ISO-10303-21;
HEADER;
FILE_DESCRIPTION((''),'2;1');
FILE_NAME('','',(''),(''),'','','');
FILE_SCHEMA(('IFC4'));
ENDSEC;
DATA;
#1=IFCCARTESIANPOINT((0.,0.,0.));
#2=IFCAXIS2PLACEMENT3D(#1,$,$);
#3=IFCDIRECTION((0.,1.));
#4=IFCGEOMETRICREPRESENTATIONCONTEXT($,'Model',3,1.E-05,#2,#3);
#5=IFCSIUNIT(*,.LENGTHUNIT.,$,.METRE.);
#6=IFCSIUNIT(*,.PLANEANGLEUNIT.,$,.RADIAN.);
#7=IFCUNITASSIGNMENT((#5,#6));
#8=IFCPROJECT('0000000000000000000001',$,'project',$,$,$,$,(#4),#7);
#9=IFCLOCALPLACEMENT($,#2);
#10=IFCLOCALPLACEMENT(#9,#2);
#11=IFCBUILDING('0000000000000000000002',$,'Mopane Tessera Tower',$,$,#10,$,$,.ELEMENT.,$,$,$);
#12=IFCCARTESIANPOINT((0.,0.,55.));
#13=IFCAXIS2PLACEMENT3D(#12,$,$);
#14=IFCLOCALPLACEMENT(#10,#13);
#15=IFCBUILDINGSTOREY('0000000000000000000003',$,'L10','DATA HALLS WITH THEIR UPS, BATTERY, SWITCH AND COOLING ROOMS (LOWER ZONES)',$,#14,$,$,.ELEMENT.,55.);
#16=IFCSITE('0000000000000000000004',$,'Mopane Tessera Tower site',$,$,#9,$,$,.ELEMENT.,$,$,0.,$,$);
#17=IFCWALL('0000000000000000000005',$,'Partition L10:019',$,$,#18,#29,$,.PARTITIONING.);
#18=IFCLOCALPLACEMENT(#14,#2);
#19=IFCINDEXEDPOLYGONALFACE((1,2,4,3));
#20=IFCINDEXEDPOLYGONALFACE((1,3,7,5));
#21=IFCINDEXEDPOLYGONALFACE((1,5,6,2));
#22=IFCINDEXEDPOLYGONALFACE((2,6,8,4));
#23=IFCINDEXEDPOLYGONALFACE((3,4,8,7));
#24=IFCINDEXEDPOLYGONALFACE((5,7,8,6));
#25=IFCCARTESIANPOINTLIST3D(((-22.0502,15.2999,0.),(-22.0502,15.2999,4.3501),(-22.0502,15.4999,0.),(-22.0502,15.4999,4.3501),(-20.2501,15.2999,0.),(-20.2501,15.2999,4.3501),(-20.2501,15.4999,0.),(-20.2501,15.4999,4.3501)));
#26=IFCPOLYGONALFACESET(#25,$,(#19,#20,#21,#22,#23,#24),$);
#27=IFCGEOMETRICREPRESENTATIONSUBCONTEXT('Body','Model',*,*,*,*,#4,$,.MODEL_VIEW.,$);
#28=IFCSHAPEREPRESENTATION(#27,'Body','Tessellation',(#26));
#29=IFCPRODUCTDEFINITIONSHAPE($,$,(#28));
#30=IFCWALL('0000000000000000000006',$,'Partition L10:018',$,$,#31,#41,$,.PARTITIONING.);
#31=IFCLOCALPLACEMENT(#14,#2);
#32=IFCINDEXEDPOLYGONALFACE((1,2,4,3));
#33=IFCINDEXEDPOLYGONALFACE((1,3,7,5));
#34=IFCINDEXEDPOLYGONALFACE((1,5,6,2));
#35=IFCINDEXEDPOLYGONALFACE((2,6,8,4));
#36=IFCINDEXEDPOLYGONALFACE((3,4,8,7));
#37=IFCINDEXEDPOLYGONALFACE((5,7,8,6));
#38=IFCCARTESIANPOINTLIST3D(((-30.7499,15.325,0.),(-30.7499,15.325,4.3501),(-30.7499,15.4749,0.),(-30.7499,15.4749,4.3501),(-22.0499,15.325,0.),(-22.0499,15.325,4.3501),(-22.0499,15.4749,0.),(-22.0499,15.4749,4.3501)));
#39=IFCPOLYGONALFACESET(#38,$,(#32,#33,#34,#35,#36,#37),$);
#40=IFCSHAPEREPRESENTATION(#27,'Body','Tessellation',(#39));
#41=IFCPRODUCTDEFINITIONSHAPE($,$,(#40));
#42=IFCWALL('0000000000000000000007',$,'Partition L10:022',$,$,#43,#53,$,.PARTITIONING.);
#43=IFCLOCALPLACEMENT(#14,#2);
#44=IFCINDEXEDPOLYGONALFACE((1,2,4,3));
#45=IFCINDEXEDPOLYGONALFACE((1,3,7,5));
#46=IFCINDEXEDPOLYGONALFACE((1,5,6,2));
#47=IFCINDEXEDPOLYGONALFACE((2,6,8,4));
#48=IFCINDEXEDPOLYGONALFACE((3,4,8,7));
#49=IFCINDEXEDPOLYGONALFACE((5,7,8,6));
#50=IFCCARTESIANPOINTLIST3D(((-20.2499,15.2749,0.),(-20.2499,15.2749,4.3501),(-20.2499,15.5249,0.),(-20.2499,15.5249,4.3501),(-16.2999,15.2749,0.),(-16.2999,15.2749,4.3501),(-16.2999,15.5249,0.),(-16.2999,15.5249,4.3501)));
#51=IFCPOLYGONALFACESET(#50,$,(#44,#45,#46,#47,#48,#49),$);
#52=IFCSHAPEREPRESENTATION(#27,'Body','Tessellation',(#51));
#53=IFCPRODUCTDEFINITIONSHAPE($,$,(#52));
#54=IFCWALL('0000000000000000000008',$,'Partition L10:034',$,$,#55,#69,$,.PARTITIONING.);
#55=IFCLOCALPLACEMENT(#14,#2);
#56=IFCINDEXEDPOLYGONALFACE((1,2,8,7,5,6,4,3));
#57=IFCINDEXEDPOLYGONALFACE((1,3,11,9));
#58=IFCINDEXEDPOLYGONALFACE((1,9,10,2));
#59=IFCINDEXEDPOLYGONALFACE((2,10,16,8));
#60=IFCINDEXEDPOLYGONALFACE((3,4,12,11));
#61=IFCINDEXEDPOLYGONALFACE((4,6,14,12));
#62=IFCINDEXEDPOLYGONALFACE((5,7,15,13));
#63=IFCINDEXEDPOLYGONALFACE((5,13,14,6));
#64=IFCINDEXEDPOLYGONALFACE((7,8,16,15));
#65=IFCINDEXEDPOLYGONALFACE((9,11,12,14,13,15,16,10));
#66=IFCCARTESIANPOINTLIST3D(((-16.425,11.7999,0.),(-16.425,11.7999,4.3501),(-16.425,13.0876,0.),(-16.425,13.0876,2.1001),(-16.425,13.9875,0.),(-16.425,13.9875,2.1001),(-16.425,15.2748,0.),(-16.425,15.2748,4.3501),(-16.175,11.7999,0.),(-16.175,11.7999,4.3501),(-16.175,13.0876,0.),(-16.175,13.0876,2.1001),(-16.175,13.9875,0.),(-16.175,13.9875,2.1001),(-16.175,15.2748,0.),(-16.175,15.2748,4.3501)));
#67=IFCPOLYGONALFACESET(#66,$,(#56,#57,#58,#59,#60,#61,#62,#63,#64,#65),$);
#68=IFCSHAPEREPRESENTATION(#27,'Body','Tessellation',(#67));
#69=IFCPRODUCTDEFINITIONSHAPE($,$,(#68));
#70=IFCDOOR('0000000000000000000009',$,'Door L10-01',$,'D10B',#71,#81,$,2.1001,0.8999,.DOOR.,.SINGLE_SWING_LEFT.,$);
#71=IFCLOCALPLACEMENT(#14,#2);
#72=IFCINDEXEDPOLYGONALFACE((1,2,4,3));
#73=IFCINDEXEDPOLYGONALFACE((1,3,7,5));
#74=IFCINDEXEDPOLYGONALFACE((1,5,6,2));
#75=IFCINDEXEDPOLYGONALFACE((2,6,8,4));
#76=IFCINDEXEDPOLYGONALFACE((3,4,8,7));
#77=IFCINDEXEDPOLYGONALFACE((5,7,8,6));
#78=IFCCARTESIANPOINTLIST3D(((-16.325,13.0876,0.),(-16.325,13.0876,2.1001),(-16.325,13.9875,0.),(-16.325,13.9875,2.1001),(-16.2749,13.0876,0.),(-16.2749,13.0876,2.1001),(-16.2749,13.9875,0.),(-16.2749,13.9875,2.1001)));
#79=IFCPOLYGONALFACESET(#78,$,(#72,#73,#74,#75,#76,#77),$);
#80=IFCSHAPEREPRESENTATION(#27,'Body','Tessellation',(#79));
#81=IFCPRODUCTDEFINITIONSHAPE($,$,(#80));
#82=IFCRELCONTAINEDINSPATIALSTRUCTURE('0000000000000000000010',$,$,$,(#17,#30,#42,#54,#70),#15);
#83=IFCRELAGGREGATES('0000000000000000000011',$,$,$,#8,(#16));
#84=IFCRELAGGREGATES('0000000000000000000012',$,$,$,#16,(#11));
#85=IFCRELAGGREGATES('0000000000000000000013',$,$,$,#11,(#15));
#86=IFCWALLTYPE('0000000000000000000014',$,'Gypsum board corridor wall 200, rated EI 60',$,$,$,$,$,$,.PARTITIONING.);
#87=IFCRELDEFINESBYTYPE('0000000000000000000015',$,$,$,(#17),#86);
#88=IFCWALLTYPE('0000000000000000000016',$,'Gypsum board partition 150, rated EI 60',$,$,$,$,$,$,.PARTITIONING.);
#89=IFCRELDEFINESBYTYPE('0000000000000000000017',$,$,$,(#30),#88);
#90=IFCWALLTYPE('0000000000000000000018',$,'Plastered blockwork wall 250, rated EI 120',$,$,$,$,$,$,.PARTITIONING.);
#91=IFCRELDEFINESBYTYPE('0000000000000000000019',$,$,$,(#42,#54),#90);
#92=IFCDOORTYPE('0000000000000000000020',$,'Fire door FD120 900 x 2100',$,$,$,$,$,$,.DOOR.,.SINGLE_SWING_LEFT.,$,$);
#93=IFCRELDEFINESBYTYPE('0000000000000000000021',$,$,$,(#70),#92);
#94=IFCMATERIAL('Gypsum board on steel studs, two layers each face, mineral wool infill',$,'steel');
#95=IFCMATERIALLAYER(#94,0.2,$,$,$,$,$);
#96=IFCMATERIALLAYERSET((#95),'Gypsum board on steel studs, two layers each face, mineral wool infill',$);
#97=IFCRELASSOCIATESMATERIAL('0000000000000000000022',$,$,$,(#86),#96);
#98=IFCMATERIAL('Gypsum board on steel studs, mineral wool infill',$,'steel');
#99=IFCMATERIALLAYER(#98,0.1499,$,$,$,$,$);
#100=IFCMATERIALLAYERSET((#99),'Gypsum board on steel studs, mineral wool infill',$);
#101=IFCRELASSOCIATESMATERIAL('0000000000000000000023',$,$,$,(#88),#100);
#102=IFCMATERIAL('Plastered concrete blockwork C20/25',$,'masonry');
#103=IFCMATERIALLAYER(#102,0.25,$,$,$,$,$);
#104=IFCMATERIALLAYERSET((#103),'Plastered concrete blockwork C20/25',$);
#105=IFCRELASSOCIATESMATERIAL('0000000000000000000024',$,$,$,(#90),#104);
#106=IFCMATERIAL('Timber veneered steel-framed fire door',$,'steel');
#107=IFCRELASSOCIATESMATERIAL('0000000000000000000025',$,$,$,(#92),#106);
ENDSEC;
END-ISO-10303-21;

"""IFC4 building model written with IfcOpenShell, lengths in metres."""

from ifc_helpers import new_model, si_unit, direction, frame, frame_2d, origin, place, context, subcontext, project, spatial, rectangle, extrude, material, layer, layer_set, type_object, element, fill, save


model = new_model("IFC4")

# Units and contexts
model_context = context("Model", 3, precision=1e-05, world=origin(), true_north=direction((0.0, 1.0)))
body_context = subcontext(model_context, "Body", "Model", "MODEL_VIEW")
ifc_project = project(units=[si_unit("LENGTHUNIT", "METRE"), si_unit("PLANEANGLEUNIT", "RADIAN")], contexts=[model_context])

# Site, building, storey
site_placement = place(None, origin())
site = spatial("IfcSite", under=ifc_project, at=site_placement, Name="Mopane Tessera Tower site", CompositionType="ELEMENT", RefElevation=0.0)
building_placement = place(site_placement, origin())
building = spatial("IfcBuilding", under=site, at=building_placement, Name="Mopane Tessera Tower", CompositionType="ELEMENT")
storey_placement = place(building_placement, frame((0.0, 0.0, 55.0)))
storey = spatial("IfcBuildingStorey", under=building, at=storey_placement, Name="L10", Description="DATA HALLS WITH THEIR UPS, BATTERY, SWITCH AND COOLING ROOMS (LOWER ZONES)", CompositionType="ELEMENT", Elevation=55.0)

# Walls
ifc_material_1 = material(Name="Gypsum board on steel studs, two layers each face, mineral wool infill", Category="steel")
ifc_layer_1 = layer(ifc_material_1, 0.2)
ifc_layer_set_1 = layer_set([ifc_layer_1], Name="Gypsum board on steel studs, two layers each face, mineral wool infill")
wall_type_1 = type_object("IfcWallType", Name="Gypsum board corridor wall 200, rated EI 60", PredefinedType="PARTITIONING", material=ifc_layer_set_1)
wall_1_placement = place(storey_placement, frame((-22.05, 15.3999, 0.0), z_axis=(0.0, 0.0, 1.0), x_axis=(1.0, 0.0, 0.0)))
element("IfcWall", 1, at=wall_1_placement, inside=storey, type_object=wall_type_1, Name="Partition L10:019", PredefinedType="PARTITIONING", context=body_context, shape_type="SweptSolid", body=[
    extrude(rectangle(XDim=1.8, YDim=0.2, at=frame_2d((0.8999, 0.0))), origin(), (0.0, 0.0, 1.0), 4.3501),
])
ifc_material_2 = material(Name="Gypsum board on steel studs, mineral wool infill", Category="steel")
ifc_layer_2 = layer(ifc_material_2, 0.1499)
ifc_layer_set_2 = layer_set([ifc_layer_2], Name="Gypsum board on steel studs, mineral wool infill")
wall_type_2 = type_object("IfcWallType", Name="Gypsum board partition 150, rated EI 60", PredefinedType="PARTITIONING", material=ifc_layer_set_2)
wall_2_placement = place(storey_placement, frame((-30.75, 15.3999, 0.0), z_axis=(0.0, 0.0, 1.0), x_axis=(1.0, 0.0, 0.0)))
element("IfcWall", 2, at=wall_2_placement, inside=storey, type_object=wall_type_2, Name="Partition L10:018", PredefinedType="PARTITIONING", context=body_context, shape_type="SweptSolid", body=[
    extrude(rectangle(XDim=8.7, YDim=0.1499, at=frame_2d((4.3501, 0.0))), origin(), (0.0, 0.0, 1.0), 4.3501),
])
ifc_material_3 = material(Name="Plastered concrete blockwork C20/25", Category="masonry")
ifc_layer_3 = layer(ifc_material_3, 0.25)
ifc_layer_set_3 = layer_set([ifc_layer_3], Name="Plastered concrete blockwork C20/25")
wall_type_3 = type_object("IfcWallType", Name="Plastered blockwork wall 250, rated EI 120", PredefinedType="PARTITIONING", material=ifc_layer_set_3)
wall_3_placement = place(storey_placement, frame((-20.25, 15.3999, 0.0), z_axis=(0.0, 0.0, 1.0), x_axis=(1.0, 0.0, 0.0)))
element("IfcWall", 3, at=wall_3_placement, inside=storey, type_object=wall_type_3, Name="Partition L10:022", PredefinedType="PARTITIONING", context=body_context, shape_type="SweptSolid", body=[
    extrude(rectangle(XDim=3.95, YDim=0.25, at=frame_2d((1.9751, 0.0))), origin(), (0.0, 0.0, 1.0), 4.3501),
])

# Wall, opening, door
wall_4_placement = place(storey_placement, frame((-16.3, 11.8, 0.0), z_axis=(0.0, 0.0, 1.0), x_axis=(0.0, 1.0, 0.0)))
wall_4 = element("IfcWall", 4, at=wall_4_placement, inside=storey, type_object=wall_type_3, Name="Partition L10:034", PredefinedType="PARTITIONING", context=body_context, shape_type="SweptSolid", body=[
    extrude(rectangle(XDim=3.4749, YDim=0.25, at=frame_2d((1.7373, 0.0))), origin(), (0.0, 0.0, 1.0), 4.3501),
])
opening_placement = place(wall_4_placement, frame((1.2876, 0.0, 0.0)))
opening = element("IfcOpeningElement", 5, at=opening_placement, cuts=wall_4, PredefinedType="OPENING", context=body_context, shape_type="SweptSolid", body=[
    extrude(rectangle(XDim=0.8999, YDim=2.1001, at=frame_2d((0.45, 1.05))), frame((0.0, 0.137, 0.0), z_axis=(0.0, -1.0, 0.0), x_axis=(1.0, 0.0, 0.0)), (0.0, 0.0, 1.0), 0.2739),
])
ifc_material_4 = material(Name="Timber veneered steel-framed fire door", Category="steel")
door_type = type_object("IfcDoorType", Name="Fire door FD120 900 x 2100", OperationType="SINGLE_SWING_LEFT", PredefinedType="DOOR", material=ifc_material_4)
door_placement = place(opening_placement, origin())
door = element("IfcDoor", 6, at=door_placement, inside=storey, type_object=door_type, Name="Door L10-01", ObjectType="D10B", OperationType="SINGLE_SWING_LEFT", OverallHeight=2.1001, OverallWidth=0.8999, PredefinedType="DOOR", context=body_context, shape_type="SweptSolid", body=[
    extrude(rectangle(XDim=0.8999, YDim=2.1001, at=frame_2d((0.45, 1.05))), frame((0.0, 0.0249, 0.0), z_axis=(0.0, -1.0, 0.0), x_axis=(1.0, 0.0, 0.0)), (0.0, 0.0, 1.0), 0.05),
])
fill(opening, door)

save(model, "model.ifc")
